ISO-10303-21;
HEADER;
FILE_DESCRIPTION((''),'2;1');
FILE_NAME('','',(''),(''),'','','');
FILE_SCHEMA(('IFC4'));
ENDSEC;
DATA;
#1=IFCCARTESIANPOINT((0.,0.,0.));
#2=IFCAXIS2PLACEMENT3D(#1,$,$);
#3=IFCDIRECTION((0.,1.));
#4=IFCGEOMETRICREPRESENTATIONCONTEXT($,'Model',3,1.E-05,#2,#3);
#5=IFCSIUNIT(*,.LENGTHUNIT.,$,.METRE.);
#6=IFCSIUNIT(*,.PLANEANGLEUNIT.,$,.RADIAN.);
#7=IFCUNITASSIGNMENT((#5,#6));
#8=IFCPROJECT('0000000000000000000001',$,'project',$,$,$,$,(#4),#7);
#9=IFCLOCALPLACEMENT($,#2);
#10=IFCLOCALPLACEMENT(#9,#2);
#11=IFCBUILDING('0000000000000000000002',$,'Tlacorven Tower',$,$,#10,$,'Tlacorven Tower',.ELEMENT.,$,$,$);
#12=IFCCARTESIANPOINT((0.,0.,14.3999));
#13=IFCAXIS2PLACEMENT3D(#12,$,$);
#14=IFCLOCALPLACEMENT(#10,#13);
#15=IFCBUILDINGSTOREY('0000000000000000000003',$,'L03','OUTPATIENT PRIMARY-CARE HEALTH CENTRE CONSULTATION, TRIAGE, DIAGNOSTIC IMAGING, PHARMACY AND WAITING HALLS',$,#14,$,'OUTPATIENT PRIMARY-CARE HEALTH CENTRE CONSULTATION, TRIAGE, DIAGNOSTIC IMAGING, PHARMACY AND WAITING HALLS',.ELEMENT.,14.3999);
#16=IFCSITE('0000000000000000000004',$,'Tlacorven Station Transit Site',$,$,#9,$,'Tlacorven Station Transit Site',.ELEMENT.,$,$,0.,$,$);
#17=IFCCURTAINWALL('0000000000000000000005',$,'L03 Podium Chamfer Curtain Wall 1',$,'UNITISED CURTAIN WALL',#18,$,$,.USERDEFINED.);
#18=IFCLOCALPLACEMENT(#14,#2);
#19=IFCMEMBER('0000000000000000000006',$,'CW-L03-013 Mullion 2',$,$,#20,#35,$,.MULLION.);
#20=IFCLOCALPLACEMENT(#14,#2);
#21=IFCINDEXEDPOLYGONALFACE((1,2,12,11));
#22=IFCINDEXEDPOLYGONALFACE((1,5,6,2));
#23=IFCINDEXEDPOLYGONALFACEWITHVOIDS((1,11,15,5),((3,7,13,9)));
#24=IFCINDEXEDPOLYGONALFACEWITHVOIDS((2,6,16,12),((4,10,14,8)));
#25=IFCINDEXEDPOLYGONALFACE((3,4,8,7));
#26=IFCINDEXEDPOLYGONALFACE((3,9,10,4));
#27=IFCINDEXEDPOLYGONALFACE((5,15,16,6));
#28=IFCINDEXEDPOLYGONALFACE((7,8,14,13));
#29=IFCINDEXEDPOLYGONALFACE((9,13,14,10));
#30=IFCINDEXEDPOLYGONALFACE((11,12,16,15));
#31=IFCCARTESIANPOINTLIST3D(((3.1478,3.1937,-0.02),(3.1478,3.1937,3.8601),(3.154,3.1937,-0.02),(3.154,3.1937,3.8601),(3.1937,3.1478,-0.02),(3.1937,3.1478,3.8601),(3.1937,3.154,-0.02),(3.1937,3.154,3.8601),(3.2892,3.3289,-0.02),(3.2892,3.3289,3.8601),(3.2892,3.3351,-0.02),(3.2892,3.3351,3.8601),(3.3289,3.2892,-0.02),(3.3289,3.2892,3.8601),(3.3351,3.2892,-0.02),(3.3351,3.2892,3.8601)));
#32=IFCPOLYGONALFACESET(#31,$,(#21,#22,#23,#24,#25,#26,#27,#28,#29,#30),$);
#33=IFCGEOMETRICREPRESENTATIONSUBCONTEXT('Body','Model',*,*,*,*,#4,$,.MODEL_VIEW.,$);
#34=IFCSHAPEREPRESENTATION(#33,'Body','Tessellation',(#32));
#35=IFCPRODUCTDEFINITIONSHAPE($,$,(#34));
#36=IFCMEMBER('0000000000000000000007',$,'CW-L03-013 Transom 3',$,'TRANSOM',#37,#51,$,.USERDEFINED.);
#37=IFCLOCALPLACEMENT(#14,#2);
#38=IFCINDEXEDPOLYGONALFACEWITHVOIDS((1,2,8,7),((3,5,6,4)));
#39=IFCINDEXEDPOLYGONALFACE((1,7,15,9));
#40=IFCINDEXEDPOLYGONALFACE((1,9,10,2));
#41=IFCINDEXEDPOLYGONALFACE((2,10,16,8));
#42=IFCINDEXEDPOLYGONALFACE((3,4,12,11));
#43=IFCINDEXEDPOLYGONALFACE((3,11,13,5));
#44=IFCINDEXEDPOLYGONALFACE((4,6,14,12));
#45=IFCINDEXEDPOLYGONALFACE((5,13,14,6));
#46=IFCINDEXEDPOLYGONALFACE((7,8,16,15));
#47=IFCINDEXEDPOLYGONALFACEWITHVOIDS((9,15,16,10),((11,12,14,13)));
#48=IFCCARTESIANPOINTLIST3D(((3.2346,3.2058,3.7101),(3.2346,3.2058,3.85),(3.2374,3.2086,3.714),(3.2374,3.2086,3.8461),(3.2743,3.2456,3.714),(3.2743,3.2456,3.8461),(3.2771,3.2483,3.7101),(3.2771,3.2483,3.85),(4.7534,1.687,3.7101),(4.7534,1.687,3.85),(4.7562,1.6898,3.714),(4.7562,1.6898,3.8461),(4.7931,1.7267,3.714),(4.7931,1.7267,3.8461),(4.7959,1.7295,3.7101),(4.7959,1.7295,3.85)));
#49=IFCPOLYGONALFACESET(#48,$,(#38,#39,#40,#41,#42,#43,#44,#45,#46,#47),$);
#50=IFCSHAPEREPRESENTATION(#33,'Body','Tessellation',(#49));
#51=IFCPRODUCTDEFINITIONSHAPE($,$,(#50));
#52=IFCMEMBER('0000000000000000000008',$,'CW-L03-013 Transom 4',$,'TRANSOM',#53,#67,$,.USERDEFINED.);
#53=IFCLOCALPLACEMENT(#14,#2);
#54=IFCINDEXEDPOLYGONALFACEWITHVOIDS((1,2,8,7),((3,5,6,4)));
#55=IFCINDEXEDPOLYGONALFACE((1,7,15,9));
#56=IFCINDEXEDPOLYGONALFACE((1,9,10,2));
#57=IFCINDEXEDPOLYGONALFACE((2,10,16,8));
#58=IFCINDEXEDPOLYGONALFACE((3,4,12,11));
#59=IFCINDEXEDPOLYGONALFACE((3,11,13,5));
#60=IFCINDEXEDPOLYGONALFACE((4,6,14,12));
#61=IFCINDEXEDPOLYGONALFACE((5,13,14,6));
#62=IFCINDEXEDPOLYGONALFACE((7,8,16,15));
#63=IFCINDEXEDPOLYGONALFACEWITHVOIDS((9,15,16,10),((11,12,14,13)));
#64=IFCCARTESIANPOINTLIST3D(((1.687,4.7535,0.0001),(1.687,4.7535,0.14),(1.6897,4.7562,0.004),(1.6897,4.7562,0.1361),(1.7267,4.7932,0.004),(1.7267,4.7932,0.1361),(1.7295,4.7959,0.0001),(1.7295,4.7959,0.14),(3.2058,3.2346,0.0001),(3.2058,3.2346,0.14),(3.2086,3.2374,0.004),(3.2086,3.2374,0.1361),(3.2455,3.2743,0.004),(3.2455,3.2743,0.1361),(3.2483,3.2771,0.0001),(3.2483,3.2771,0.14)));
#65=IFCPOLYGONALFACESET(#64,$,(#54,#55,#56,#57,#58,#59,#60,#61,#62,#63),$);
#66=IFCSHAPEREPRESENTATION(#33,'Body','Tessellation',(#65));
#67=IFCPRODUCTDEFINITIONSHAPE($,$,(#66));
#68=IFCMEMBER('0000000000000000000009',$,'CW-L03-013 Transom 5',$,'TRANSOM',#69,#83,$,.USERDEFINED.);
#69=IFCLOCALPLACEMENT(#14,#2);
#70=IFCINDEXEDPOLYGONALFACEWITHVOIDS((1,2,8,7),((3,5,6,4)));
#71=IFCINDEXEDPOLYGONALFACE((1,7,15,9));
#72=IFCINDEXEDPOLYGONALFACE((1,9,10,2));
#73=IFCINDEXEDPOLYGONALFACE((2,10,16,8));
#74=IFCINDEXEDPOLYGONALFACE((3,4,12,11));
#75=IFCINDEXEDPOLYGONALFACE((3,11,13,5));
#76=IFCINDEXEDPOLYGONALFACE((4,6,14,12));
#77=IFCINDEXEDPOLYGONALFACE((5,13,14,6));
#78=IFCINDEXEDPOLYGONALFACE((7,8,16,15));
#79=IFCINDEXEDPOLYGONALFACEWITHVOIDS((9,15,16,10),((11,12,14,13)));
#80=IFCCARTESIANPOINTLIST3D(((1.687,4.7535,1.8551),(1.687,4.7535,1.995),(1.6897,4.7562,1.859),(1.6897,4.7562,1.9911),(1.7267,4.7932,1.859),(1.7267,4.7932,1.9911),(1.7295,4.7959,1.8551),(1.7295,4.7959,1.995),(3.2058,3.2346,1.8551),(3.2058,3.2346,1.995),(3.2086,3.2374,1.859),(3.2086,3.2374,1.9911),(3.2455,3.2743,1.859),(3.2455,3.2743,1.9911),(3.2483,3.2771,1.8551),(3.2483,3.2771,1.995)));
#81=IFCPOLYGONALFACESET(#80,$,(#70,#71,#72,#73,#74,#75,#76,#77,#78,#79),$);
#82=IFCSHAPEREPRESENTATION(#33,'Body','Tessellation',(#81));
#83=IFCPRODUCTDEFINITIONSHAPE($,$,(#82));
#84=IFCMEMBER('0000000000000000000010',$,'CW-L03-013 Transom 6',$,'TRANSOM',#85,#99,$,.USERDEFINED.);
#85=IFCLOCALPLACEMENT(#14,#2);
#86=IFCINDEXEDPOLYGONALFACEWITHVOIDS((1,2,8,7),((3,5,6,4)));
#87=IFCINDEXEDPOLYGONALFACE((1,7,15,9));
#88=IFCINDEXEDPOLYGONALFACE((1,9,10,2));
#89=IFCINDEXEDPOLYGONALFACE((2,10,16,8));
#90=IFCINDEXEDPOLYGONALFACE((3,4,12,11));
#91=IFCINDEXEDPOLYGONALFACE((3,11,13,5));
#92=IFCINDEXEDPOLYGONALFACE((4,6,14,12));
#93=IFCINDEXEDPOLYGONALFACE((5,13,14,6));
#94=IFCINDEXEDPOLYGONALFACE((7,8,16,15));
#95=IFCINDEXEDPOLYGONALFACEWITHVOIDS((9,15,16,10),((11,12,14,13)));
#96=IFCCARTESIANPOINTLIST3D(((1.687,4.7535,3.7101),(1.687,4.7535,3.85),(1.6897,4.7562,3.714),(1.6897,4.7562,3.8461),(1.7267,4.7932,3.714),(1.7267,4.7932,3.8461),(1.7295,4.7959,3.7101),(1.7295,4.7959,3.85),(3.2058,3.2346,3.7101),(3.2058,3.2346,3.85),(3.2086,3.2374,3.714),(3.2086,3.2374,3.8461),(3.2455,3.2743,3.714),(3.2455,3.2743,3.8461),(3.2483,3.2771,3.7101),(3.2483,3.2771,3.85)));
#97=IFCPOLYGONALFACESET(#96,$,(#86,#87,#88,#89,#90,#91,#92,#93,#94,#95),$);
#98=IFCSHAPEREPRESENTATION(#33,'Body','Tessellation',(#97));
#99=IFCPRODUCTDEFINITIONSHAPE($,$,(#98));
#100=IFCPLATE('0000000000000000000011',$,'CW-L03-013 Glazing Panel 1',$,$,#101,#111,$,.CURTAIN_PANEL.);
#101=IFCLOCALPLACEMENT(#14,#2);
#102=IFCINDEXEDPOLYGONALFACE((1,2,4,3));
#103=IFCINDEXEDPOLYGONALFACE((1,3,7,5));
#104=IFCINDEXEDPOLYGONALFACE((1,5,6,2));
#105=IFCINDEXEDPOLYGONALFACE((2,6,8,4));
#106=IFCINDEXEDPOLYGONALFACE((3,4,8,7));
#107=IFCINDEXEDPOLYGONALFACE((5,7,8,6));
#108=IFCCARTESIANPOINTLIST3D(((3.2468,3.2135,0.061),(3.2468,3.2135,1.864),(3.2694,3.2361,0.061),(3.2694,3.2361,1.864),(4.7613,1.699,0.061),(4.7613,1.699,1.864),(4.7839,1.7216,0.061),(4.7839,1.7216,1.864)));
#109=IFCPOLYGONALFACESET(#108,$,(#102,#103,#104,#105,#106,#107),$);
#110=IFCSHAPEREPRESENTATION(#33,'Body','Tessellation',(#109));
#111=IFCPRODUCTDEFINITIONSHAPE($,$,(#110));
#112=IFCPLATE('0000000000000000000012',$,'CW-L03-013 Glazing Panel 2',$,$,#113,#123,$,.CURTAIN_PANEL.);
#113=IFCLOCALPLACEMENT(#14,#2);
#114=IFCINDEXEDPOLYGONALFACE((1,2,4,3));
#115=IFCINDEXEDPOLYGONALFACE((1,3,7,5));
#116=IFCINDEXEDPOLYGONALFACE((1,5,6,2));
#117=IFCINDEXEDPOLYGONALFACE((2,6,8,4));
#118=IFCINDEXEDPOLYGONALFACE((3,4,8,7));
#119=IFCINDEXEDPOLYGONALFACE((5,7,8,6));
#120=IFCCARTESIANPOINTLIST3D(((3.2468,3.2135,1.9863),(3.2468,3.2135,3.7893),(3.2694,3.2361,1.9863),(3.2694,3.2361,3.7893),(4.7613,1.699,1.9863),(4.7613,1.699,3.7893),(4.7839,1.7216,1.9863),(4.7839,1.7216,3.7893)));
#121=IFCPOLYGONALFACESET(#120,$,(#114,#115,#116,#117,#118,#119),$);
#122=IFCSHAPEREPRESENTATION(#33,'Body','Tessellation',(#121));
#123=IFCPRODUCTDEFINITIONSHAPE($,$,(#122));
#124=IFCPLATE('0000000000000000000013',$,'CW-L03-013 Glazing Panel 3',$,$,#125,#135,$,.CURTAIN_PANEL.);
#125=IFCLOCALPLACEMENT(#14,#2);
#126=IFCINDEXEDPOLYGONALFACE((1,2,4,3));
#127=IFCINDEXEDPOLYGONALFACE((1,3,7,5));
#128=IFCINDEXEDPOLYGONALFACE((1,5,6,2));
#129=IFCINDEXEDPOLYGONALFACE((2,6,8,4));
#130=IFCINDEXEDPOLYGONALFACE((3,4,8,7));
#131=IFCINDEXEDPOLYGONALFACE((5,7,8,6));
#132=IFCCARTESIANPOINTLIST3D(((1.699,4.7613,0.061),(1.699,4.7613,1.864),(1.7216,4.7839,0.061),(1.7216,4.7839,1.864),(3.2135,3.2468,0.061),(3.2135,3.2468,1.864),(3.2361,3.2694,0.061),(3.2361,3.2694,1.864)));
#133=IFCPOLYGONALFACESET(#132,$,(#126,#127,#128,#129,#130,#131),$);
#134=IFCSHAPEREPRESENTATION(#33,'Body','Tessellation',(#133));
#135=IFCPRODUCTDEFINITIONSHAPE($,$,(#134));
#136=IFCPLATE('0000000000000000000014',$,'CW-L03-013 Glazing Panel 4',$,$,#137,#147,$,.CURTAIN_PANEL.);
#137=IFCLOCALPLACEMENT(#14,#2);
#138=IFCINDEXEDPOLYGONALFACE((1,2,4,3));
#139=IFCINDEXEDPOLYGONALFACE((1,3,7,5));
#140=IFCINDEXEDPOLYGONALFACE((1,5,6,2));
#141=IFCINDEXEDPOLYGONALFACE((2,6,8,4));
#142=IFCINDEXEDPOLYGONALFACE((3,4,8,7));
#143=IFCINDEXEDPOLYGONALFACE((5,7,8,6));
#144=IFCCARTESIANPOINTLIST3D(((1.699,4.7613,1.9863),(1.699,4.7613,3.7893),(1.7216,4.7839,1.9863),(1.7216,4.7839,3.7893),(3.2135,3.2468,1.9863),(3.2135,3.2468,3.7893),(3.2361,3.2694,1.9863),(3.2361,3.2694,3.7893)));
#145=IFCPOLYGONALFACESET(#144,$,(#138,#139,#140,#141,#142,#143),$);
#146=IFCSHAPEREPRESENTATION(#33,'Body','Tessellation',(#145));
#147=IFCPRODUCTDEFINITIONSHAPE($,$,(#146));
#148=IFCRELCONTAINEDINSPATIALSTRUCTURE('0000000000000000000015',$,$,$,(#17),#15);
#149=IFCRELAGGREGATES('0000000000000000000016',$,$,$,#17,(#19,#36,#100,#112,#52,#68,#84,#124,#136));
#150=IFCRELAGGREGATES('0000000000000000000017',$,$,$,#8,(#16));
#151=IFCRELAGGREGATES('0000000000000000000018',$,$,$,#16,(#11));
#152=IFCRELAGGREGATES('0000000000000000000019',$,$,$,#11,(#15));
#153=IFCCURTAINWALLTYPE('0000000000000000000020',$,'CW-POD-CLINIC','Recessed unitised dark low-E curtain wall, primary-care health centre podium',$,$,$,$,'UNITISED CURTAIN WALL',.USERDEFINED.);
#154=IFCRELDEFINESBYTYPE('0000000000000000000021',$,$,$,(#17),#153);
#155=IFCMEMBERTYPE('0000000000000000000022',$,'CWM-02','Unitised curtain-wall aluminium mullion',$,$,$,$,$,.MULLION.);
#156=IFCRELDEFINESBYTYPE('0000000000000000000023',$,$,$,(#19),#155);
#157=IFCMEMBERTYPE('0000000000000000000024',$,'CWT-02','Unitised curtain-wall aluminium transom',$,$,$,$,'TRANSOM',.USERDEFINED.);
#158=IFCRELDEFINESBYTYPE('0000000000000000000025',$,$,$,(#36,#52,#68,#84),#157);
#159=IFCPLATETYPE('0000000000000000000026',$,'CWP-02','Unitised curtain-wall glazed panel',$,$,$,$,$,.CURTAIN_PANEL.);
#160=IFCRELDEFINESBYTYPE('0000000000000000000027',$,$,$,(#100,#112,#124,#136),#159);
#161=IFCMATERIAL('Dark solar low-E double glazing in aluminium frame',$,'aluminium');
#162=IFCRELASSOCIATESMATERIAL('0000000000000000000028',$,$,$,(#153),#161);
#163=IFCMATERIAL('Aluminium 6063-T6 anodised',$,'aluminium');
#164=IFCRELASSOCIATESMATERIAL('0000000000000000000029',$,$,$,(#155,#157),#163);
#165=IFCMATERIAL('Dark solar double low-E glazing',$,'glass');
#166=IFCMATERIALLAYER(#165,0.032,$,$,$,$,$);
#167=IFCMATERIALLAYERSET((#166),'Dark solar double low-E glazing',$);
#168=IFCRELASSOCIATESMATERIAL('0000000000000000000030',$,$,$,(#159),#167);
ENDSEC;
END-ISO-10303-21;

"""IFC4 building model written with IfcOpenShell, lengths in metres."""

from ifc_helpers import new_model, si_unit, direction, frame, origin, origin_2d, place, context, subcontext, project, spatial, rectangle, hollow_rectangle, extrude, source, transform, mapped, material, layer, layer_set, material_profile, profile_set, type_object, element, aggregate, save


model = new_model("IFC4")

# Units and contexts
model_context = context("Model", 3, precision=1e-05, world=origin(), true_north=direction((0.0, 1.0)))
body_context = subcontext(model_context, "Body", "Model", "MODEL_VIEW")
ifc_project = project(units=[si_unit("LENGTHUNIT", "METRE"), si_unit("PLANEANGLEUNIT", "RADIAN")], contexts=[model_context])

# Site, building, storey
site_placement = place(None, origin())
site = spatial("IfcSite", under=ifc_project, at=site_placement, Name="Tlacorven Station Transit Site", LongName="Tlacorven Station Transit Site", CompositionType="ELEMENT", RefElevation=0.0)
building_placement = place(site_placement, origin())
building = spatial("IfcBuilding", under=site, at=building_placement, Name="Tlacorven Tower", LongName="Tlacorven Tower", CompositionType="ELEMENT")
storey_placement = place(building_placement, frame((0.0, 0.0, 14.3999)))
storey = spatial("IfcBuildingStorey", under=building, at=storey_placement, Name="L03", Description="OUTPATIENT PRIMARY-CARE HEALTH CENTRE CONSULTATION, TRIAGE, DIAGNOSTIC IMAGING, PHARMACY AND WAITING HALLS", LongName="OUTPATIENT PRIMARY-CARE HEALTH CENTRE CONSULTATION, TRIAGE, DIAGNOSTIC IMAGING, PHARMACY AND WAITING HALLS", CompositionType="ELEMENT", Elevation=14.3999)

# Curtain wall, members, plates
ifc_material_1 = material(Name="Dark solar low-E double glazing in aluminium frame", Category="aluminium")
curtain_wall_type = type_object("IfcCurtainWallType", Name="CW-POD-CLINIC", Description="Recessed unitised dark low-E curtain wall, primary-care health centre podium", ElementType="UNITISED CURTAIN WALL", PredefinedType="USERDEFINED", material=ifc_material_1)
curtain_wall_placement = place(storey_placement, origin())
curtain_wall = element("IfcCurtainWall", 1, at=curtain_wall_placement, inside=storey, type_object=curtain_wall_type, Name="L03 Podium Chamfer Curtain Wall 1", ObjectType="UNITISED CURTAIN WALL", PredefinedType="USERDEFINED")
ifc_material_2 = material(Name="Aluminium 6063-T6 anodised", Category="aluminium")
ifc_material_profile_1 = material_profile(ifc_material_2, hollow_rectangle(XDim=0.0649, YDim=0.2, WallThickness=0.0044, at=origin_2d()), Name="ALU MULLION 65X200")
ifc_profile_set_1 = profile_set([ifc_material_profile_1], Name="Aluminium 6063-T6 anodised")
member_type_1 = type_object("IfcMemberType", Name="CWM-02", Description="Unitised curtain-wall aluminium mullion", PredefinedType="MULLION", material=ifc_profile_set_1)
shared_shape_1 = source(origin(), body_context, "Body", "SweptSolid", [
    extrude(hollow_rectangle(XDim=0.0649, YDim=0.2, WallThickness=0.0044, at=origin_2d()), origin(), (0.0, 0.0, 1.0), 3.8801),
])
member_1_placement = place(storey_placement, frame((3.2415, 3.2415, -0.02), z_axis=(0.0, 0.0, 1.0), x_axis=(-0.707107, 0.707107, 0.0)))
member_1 = element("IfcMember", 2, at=member_1_placement, type_object=member_type_1, Name="CW-L03-013 Mullion 2", PredefinedType="MULLION", context=body_context, shape_type="MappedRepresentation", body=[
    mapped(shared_shape_1, transform((0.0, 0.0, 0.0), scale=1.0)),
])
ifc_material_profile_2 = material_profile(ifc_material_2, hollow_rectangle(XDim=0.0601, YDim=0.1399, WallThickness=0.0039, at=origin_2d()), Name="ALU TRANSOM 60X140")
ifc_profile_set_2 = profile_set([ifc_material_profile_2], Name="Aluminium 6063-T6 anodised")
member_type_2 = type_object("IfcMemberType", Name="CWT-02", Description="Unitised curtain-wall aluminium transom", ElementType="TRANSOM", PredefinedType="USERDEFINED", material=ifc_profile_set_2)
shared_shape_2 = source(origin(), body_context, "Body", "SweptSolid", [
    extrude(hollow_rectangle(XDim=0.0601, YDim=0.1399, WallThickness=0.0039, at=origin_2d()), origin(), (0.0, 0.0, 1.0), 2.1479),
])
member_2_placement = place(storey_placement, frame((4.7747, 1.7083, 3.78), z_axis=(-0.707107, 0.707107, 0.0), x_axis=(-0.707107, -0.707107, 0.0)))
member_2 = element("IfcMember", 3, at=member_2_placement, type_object=member_type_2, Name="CW-L03-013 Transom 3", ObjectType="TRANSOM", PredefinedType="USERDEFINED", context=body_context, shape_type="MappedRepresentation", body=[
    mapped(shared_shape_2, transform((0.0, 0.0, 0.0), scale=1.0)),
])
member_3_placement = place(storey_placement, frame((3.2271, 3.2559, 0.0701), z_axis=(-0.707107, 0.707107, 0.0), x_axis=(-0.707107, -0.707107, 0.0)))
member_3 = element("IfcMember", 4, at=member_3_placement, type_object=member_type_2, Name="CW-L03-013 Transom 4", ObjectType="TRANSOM", PredefinedType="USERDEFINED", context=body_context, shape_type="MappedRepresentation", body=[
    mapped(shared_shape_2, transform((0.0, 0.0, 0.0), scale=1.0)),
])
member_4_placement = place(storey_placement, frame((3.2271, 3.2559, 1.925), z_axis=(-0.707107, 0.707107, 0.0), x_axis=(-0.707107, -0.707107, 0.0)))
member_4 = element("IfcMember", 5, at=member_4_placement, type_object=member_type_2, Name="CW-L03-013 Transom 5", ObjectType="TRANSOM", PredefinedType="USERDEFINED", context=body_context, shape_type="MappedRepresentation", body=[
    mapped(shared_shape_2, transform((0.0, 0.0, 0.0), scale=1.0)),
])
member_5_placement = place(storey_placement, frame((3.2271, 3.2559, 3.78), z_axis=(-0.707107, 0.707107, 0.0), x_axis=(-0.707107, -0.707107, 0.0)))
member_5 = element("IfcMember", 6, at=member_5_placement, type_object=member_type_2, Name="CW-L03-013 Transom 6", ObjectType="TRANSOM", PredefinedType="USERDEFINED", context=body_context, shape_type="MappedRepresentation", body=[
    mapped(shared_shape_2, transform((0.0, 0.0, 0.0), scale=1.0)),
])
ifc_material_3 = material(Name="Dark solar double low-E glazing", Category="glass")
ifc_layer = layer(ifc_material_3, 0.032)
ifc_layer_set = layer_set([ifc_layer], Name="Dark solar double low-E glazing")
plate_type = type_object("IfcPlateType", Name="CWP-02", Description="Unitised curtain-wall glazed panel", PredefinedType="CURTAIN_PANEL", material=ifc_layer_set)
shared_shape_3 = source(origin(), body_context, "Body", "SweptSolid", [
    extrude(rectangle(XDim=2.1418, YDim=0.032, at=origin_2d()), origin(), (0.0, 0.0, 1.0), 1.803),
])
plate_1_placement = place(storey_placement, frame((4.0154, 2.4675, 0.061), z_axis=(0.0, 0.0, 1.0), x_axis=(-0.707107, 0.707107, 0.0)))
plate_1 = element("IfcPlate", 7, at=plate_1_placement, type_object=plate_type, Name="CW-L03-013 Glazing Panel 1", PredefinedType="CURTAIN_PANEL", context=body_context, shape_type="MappedRepresentation", body=[
    mapped(shared_shape_3, transform((0.0, 0.0, 0.0), scale=1.0)),
])
plate_2_placement = place(storey_placement, frame((4.0154, 2.4675, 1.9863), z_axis=(0.0, 0.0, 1.0), x_axis=(-0.707107, 0.707107, 0.0)))
plate_2 = element("IfcPlate", 8, at=plate_2_placement, type_object=plate_type, Name="CW-L03-013 Glazing Panel 2", PredefinedType="CURTAIN_PANEL", context=body_context, shape_type="MappedRepresentation", body=[
    mapped(shared_shape_3, transform((0.0, 0.0, 0.0), scale=1.0)),
])
plate_3_placement = place(storey_placement, frame((2.4675, 4.0154, 0.061), z_axis=(0.0, 0.0, 1.0), x_axis=(-0.707107, 0.707107, 0.0)))
plate_3 = element("IfcPlate", 9, at=plate_3_placement, type_object=plate_type, Name="CW-L03-013 Glazing Panel 3", PredefinedType="CURTAIN_PANEL", context=body_context, shape_type="MappedRepresentation", body=[
    mapped(shared_shape_3, transform((0.0, 0.0, 0.0), scale=1.0)),
])
plate_4_placement = place(storey_placement, frame((2.4675, 4.0154, 1.9863), z_axis=(0.0, 0.0, 1.0), x_axis=(-0.707107, 0.707107, 0.0)))
plate_4 = element("IfcPlate", 10, at=plate_4_placement, type_object=plate_type, Name="CW-L03-013 Glazing Panel 4", PredefinedType="CURTAIN_PANEL", context=body_context, shape_type="MappedRepresentation", body=[
    mapped(shared_shape_3, transform((0.0, 0.0, 0.0), scale=1.0)),
])
aggregate(curtain_wall, [member_1, member_2, plate_1, plate_2, member_3, member_4, member_5, plate_3, plate_4])

save(model, "model.ifc")
